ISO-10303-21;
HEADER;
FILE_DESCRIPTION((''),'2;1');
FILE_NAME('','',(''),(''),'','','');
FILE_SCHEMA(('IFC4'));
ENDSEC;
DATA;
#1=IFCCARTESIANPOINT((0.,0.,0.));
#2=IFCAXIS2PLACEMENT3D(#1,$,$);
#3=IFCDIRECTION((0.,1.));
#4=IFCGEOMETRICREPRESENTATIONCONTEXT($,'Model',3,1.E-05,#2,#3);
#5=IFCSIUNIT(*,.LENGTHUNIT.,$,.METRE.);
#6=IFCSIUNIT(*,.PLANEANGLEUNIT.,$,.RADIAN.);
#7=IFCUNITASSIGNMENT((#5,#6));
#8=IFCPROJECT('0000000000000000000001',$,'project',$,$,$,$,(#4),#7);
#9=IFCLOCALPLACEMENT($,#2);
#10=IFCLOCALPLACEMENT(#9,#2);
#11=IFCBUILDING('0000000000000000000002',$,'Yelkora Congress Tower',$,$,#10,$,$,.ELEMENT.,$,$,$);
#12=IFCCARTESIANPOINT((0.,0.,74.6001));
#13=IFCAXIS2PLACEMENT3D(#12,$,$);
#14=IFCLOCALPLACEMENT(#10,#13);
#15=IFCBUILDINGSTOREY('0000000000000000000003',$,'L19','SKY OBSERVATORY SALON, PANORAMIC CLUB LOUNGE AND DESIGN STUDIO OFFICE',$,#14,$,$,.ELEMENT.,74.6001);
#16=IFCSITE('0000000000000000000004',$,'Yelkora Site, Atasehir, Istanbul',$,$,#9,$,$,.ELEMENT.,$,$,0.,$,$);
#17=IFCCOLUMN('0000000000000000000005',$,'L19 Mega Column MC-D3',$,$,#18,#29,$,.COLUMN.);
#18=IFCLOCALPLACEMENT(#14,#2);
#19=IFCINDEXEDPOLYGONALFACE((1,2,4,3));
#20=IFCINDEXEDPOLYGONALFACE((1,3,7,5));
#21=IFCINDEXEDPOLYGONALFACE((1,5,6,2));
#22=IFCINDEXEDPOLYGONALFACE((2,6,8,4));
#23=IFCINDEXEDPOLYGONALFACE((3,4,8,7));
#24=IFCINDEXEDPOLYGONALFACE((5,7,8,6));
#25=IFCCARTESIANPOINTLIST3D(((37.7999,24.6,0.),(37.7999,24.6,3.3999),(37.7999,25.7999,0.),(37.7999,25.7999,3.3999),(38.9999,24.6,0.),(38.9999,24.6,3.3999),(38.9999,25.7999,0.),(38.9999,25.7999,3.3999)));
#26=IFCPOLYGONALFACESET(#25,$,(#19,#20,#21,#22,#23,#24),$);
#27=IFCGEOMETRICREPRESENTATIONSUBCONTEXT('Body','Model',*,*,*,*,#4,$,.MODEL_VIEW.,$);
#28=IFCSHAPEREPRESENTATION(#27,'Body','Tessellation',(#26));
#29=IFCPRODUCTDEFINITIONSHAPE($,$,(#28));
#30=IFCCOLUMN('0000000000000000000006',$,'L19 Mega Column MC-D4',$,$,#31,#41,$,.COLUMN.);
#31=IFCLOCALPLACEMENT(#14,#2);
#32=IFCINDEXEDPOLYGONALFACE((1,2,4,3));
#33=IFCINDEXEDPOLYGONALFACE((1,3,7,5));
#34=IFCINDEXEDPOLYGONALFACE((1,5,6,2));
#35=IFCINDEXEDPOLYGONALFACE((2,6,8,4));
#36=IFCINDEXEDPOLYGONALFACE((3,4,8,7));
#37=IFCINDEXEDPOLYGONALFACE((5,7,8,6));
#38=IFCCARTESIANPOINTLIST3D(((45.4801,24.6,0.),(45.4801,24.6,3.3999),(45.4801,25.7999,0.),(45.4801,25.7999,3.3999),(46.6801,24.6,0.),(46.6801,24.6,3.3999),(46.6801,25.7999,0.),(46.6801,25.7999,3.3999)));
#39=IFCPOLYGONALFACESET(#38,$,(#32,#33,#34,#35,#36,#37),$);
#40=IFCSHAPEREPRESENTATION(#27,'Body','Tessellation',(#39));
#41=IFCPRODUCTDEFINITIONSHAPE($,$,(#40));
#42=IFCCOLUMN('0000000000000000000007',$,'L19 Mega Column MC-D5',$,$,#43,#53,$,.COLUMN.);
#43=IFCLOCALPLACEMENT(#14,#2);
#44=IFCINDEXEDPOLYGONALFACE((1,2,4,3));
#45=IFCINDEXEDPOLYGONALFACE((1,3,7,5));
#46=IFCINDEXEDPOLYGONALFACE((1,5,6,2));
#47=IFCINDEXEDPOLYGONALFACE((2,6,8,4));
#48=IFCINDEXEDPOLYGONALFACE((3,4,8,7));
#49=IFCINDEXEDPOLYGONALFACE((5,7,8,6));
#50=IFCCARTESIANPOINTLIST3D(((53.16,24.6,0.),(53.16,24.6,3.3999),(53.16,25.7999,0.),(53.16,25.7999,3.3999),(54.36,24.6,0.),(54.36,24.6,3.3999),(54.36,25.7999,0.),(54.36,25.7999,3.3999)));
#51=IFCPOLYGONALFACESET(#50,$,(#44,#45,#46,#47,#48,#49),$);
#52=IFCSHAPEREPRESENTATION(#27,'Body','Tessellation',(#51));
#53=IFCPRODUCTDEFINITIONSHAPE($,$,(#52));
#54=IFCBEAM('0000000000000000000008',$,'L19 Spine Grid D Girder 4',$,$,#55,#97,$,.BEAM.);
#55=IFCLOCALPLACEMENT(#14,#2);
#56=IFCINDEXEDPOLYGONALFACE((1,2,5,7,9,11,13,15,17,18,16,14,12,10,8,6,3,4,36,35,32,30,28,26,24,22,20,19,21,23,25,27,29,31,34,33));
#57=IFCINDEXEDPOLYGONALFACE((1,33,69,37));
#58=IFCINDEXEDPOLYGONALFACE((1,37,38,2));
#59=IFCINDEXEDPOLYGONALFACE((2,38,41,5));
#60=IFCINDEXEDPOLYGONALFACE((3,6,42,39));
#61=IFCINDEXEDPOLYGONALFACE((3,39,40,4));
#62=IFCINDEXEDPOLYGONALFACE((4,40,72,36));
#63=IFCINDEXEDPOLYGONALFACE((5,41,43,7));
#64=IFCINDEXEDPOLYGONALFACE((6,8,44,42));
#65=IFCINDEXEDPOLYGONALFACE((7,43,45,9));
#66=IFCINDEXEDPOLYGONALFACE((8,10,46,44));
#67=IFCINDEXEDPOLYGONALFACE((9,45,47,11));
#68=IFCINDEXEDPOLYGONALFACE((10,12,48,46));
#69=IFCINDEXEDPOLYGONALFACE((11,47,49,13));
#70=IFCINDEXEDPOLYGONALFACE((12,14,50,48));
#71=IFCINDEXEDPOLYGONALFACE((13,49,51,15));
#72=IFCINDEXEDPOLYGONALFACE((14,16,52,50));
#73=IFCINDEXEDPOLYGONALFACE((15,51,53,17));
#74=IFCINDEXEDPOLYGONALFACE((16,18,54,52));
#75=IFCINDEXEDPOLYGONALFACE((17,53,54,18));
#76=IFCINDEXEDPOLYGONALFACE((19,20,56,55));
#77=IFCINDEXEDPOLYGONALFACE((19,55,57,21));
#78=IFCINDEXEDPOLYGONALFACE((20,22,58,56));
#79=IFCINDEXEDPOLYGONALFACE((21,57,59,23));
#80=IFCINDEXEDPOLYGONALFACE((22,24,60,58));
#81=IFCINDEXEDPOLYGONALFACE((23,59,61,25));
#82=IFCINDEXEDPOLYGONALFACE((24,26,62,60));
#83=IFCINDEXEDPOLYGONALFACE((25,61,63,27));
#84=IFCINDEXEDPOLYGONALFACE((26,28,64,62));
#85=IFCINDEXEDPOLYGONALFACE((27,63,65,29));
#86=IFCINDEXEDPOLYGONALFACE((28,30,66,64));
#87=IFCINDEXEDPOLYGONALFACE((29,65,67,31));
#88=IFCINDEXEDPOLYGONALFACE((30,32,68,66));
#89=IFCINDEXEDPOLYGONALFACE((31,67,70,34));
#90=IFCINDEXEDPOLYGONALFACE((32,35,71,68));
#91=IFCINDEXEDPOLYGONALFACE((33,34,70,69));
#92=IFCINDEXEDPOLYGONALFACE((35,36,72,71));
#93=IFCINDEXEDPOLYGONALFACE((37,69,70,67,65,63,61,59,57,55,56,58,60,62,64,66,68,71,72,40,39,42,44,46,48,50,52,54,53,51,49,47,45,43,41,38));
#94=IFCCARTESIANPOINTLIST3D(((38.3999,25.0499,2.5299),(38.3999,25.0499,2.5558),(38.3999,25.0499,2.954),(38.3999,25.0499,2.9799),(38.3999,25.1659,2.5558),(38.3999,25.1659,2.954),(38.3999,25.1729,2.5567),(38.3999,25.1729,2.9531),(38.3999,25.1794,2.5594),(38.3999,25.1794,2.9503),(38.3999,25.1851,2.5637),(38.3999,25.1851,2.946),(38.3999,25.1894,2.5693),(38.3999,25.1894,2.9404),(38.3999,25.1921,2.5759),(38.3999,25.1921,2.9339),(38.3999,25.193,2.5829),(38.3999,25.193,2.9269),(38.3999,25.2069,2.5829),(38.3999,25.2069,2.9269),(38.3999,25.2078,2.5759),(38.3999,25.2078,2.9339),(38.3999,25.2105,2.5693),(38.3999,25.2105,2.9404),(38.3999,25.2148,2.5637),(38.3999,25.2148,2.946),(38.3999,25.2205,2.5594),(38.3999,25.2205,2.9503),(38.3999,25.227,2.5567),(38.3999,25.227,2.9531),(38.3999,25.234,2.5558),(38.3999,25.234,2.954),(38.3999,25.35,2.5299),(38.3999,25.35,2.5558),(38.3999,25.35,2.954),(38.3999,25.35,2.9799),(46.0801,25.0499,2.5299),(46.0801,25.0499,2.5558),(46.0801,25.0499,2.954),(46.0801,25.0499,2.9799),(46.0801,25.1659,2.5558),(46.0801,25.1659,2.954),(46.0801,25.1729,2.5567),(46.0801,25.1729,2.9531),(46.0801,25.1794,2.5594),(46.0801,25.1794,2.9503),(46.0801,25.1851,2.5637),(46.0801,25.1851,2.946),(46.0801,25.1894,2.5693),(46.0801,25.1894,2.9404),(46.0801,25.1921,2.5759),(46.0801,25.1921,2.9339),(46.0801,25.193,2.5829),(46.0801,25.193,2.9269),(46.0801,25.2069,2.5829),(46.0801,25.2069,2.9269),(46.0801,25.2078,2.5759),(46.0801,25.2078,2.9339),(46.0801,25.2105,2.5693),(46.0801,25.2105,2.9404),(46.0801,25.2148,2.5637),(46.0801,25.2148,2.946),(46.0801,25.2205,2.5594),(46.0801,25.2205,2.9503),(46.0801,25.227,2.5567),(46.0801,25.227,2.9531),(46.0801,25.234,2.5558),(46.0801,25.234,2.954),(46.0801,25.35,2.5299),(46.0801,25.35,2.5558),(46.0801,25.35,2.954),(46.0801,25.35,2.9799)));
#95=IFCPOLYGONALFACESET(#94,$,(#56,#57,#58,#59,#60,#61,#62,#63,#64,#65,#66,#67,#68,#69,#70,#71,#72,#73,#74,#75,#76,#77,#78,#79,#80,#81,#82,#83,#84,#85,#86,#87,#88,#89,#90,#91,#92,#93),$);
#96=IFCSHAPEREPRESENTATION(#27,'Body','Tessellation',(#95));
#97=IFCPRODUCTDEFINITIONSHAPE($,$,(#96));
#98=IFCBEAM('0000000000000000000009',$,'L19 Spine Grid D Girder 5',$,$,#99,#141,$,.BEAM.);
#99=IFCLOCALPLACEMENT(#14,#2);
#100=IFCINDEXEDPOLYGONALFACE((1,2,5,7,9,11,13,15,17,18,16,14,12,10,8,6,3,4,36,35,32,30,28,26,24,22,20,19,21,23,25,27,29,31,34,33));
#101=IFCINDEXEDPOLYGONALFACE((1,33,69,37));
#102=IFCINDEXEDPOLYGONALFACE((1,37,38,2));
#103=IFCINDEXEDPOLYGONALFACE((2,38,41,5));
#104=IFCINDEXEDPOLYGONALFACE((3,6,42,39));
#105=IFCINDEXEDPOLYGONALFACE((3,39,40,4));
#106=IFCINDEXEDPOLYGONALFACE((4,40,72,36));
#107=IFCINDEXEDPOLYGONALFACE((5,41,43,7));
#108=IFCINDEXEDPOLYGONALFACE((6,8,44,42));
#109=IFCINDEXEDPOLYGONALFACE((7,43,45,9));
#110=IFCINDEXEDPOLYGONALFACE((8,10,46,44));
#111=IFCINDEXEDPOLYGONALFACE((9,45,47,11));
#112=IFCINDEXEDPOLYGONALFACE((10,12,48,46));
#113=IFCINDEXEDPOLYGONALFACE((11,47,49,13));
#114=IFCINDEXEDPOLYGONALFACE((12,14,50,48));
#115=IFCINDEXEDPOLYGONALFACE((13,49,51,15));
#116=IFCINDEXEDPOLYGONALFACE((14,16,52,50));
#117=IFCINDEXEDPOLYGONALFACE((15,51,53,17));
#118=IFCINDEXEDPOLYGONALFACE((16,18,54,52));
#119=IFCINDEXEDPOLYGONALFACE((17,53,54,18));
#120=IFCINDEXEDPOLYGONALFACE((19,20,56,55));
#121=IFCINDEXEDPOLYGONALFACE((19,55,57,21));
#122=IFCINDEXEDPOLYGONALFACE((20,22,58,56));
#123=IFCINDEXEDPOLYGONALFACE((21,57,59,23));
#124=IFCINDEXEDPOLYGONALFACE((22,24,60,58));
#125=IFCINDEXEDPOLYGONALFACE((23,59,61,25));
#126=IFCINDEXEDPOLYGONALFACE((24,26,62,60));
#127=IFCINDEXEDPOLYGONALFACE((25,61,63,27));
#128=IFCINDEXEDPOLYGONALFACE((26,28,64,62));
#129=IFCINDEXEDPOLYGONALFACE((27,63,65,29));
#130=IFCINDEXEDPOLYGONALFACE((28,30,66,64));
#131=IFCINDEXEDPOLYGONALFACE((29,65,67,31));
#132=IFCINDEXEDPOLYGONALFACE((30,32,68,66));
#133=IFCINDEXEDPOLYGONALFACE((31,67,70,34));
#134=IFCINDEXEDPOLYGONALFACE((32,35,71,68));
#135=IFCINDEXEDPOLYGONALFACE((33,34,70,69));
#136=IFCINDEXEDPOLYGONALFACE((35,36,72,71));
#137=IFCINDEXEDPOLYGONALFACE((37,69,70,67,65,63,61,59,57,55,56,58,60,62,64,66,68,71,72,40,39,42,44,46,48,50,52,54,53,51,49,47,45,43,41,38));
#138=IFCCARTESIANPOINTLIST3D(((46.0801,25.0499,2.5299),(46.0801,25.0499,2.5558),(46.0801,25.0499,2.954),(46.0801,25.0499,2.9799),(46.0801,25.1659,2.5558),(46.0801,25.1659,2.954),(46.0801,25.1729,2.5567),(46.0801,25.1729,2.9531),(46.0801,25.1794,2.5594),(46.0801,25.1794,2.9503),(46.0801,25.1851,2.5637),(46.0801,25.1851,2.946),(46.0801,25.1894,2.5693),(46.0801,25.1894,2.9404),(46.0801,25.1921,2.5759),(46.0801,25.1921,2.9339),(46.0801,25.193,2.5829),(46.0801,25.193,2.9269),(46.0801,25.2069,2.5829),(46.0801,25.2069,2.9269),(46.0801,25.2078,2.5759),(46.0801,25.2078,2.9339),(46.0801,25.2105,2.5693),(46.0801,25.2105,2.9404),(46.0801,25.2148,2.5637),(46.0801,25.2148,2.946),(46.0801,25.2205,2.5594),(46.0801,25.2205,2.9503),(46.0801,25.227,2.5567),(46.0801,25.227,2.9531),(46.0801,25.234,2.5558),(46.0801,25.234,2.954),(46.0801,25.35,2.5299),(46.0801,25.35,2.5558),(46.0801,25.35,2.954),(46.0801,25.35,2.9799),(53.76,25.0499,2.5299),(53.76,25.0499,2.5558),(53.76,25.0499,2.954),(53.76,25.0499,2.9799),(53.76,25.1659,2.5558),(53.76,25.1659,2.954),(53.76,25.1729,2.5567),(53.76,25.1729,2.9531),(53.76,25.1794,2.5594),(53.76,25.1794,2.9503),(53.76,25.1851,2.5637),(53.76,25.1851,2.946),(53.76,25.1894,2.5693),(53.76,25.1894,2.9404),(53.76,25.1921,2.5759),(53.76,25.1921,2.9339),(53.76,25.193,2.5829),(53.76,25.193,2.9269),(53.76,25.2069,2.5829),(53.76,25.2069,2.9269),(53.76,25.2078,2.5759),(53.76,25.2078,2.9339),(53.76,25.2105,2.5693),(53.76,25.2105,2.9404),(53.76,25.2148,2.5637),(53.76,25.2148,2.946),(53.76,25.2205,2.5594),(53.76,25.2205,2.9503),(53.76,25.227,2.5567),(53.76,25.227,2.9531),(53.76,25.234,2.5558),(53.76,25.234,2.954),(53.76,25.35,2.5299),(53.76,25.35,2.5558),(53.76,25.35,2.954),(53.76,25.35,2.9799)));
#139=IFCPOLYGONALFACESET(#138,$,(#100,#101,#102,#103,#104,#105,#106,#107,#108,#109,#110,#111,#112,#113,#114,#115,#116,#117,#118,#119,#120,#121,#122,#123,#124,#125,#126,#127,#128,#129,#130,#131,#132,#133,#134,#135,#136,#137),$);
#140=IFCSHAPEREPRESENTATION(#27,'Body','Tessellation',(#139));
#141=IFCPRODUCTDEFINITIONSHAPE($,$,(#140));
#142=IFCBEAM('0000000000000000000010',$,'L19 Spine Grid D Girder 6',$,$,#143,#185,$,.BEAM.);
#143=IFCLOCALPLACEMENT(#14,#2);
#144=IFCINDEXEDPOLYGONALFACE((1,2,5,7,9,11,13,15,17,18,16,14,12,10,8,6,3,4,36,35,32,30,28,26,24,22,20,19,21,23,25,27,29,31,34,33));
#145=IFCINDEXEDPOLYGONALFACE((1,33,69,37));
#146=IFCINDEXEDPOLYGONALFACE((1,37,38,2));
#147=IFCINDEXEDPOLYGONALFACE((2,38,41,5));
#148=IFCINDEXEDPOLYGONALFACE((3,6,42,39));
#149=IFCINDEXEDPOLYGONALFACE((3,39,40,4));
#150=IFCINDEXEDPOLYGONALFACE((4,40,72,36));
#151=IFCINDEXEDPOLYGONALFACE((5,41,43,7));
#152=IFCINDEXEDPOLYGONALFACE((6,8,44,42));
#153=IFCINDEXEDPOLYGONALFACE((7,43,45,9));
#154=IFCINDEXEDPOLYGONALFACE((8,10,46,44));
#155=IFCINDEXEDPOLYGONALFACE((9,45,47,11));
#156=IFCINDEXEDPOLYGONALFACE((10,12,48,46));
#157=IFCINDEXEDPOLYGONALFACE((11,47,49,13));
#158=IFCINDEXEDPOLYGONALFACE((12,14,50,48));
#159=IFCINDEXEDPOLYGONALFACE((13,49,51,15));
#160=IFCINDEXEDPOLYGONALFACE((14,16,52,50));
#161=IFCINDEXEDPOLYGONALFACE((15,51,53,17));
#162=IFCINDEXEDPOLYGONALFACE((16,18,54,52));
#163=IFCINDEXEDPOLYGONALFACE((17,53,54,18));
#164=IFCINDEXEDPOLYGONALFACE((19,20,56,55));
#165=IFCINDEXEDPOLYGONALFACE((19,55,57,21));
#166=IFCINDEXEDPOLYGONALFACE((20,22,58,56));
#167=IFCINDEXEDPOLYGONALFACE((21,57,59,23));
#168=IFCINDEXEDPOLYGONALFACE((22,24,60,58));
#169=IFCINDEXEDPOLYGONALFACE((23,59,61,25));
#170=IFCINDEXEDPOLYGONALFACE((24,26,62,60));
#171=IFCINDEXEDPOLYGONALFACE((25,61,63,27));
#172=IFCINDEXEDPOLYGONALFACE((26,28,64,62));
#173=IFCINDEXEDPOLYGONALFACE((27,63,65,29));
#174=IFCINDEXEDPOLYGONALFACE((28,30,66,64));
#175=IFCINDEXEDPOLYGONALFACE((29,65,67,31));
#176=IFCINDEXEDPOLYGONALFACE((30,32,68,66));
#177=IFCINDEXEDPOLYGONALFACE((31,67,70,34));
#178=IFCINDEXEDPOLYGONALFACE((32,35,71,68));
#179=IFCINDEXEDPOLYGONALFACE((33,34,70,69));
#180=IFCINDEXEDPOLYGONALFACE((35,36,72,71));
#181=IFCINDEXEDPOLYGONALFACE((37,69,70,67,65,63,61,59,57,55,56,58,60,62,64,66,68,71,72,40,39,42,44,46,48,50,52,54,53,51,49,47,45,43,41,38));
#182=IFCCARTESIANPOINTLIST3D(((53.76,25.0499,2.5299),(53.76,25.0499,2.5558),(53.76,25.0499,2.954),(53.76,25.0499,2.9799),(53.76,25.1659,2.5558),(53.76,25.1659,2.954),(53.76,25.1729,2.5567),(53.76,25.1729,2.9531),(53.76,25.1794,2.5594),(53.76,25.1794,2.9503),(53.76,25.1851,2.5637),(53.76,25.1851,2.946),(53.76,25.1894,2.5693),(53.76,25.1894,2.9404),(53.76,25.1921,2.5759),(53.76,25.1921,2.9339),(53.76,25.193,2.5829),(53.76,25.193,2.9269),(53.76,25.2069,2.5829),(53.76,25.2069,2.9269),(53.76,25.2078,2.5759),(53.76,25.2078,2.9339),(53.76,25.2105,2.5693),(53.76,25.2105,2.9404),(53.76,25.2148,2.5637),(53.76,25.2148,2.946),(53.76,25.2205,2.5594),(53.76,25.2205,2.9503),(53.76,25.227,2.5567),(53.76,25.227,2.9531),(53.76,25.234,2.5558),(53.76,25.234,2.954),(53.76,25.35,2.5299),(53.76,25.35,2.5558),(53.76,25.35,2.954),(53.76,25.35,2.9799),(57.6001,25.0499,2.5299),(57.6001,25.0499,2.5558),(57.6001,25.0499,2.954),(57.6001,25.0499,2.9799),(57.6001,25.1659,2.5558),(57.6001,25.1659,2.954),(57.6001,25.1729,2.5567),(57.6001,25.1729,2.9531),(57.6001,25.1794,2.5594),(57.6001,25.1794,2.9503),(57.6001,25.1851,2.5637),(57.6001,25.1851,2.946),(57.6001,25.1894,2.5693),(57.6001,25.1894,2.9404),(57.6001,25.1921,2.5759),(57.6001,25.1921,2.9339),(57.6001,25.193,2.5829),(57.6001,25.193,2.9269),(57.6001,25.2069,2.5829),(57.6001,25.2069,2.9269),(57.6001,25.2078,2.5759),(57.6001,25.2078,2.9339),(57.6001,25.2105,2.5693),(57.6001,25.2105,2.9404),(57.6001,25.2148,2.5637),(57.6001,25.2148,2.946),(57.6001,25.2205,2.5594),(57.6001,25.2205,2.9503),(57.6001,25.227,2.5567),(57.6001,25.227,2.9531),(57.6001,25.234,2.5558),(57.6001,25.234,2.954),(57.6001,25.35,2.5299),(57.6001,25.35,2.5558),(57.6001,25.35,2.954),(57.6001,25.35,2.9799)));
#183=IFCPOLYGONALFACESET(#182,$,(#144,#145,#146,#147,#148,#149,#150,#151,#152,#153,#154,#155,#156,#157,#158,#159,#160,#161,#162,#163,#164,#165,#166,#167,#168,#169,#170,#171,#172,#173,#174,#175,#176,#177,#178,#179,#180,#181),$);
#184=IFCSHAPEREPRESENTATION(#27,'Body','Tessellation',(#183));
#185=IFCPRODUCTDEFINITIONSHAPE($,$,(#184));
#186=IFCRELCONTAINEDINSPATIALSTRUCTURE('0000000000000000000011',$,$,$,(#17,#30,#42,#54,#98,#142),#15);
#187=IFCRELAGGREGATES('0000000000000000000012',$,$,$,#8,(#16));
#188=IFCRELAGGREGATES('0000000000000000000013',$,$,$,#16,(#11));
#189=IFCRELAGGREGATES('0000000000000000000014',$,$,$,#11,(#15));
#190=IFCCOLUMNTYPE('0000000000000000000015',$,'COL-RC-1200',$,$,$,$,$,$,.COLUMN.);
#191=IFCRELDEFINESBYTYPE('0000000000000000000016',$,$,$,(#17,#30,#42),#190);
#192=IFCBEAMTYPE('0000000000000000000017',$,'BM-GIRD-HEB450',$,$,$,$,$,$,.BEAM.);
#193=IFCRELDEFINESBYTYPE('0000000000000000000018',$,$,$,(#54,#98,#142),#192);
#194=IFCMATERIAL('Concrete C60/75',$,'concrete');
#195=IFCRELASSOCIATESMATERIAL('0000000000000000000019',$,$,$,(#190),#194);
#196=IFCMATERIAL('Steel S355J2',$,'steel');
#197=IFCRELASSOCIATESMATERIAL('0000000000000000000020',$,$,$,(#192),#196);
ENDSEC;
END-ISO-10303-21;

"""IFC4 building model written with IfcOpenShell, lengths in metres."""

from ifc_helpers import new_model, si_unit, direction, frame, origin, origin_2d, place, context, subcontext, project, spatial, rectangle, i_section, extrude, material, material_profile, profile_set, type_object, element, save


model = new_model("IFC4")

# Units and contexts
model_context = context("Model", 3, precision=1e-05, world=origin(), true_north=direction((0.0, 1.0)))
body_context = subcontext(model_context, "Body", "Model", "MODEL_VIEW")
ifc_project = project(units=[si_unit("LENGTHUNIT", "METRE"), si_unit("PLANEANGLEUNIT", "RADIAN")], contexts=[model_context])

# Site, building, storey
site_placement = place(None, origin())
site = spatial("IfcSite", under=ifc_project, at=site_placement, Name="Yelkora Site, Atasehir, Istanbul", CompositionType="ELEMENT", RefElevation=0.0)
building_placement = place(site_placement, origin())
building = spatial("IfcBuilding", under=site, at=building_placement, Name="Yelkora Congress Tower", CompositionType="ELEMENT")
storey_placement = place(building_placement, frame((0.0, 0.0, 74.6001)))
storey = spatial("IfcBuildingStorey", under=building, at=storey_placement, Name="L19", Description="SKY OBSERVATORY SALON, PANORAMIC CLUB LOUNGE AND DESIGN STUDIO OFFICE", CompositionType="ELEMENT", Elevation=74.6001)

# Columns
ifc_material_1 = material(Name="Concrete C60/75", Category="concrete")
ifc_material_profile_1 = material_profile(ifc_material_1, rectangle(XDim=1.2, YDim=1.2, at=origin_2d()), Name="RC 1200x1200")
ifc_profile_set_1 = profile_set([ifc_material_profile_1], Name="Concrete C60/75")
column_type = type_object("IfcColumnType", Name="COL-RC-1200", PredefinedType="COLUMN", material=ifc_profile_set_1)
for number, where, z_axis, x_axis, name in (
    (1, (38.3999, 25.2, 0.0), (0.0, 0.0, 1.0), (1.0, 0.0, 0.0), "L19 Mega Column MC-D3"),
    (2, (46.0801, 25.2, 0.0), (0.0, 0.0, 1.0), (1.0, 0.0, 0.0), "L19 Mega Column MC-D4"),
    (3, (53.76, 25.2, 0.0), (0.0, 0.0, 1.0), (1.0, 0.0, 0.0), "L19 Mega Column MC-D5"),
):
    element("IfcColumn", number, at=place(storey_placement, frame(where, z_axis=z_axis, x_axis=x_axis)), inside=storey, type_object=column_type, Name=name, PredefinedType="COLUMN", context=body_context, shape_type="SweptSolid", body=[
        extrude(rectangle(XDim=1.2, YDim=1.2, at=origin_2d()), origin(), (0.0, 0.0, 1.0), 3.3999),
    ])

# Beams
ifc_material_2 = material(Name="Steel S355J2", Category="steel")
ifc_material_profile_2 = material_profile(ifc_material_2, i_section(OverallWidth=0.3, OverallDepth=0.45, WebThickness=0.0139, FlangeThickness=0.0259, FilletRadius=0.0271, at=origin_2d()), Name="HEB 450")
ifc_profile_set_2 = profile_set([ifc_material_profile_2], Name="Steel S355J2")
beam_type_1 = type_object("IfcBeamType", Name="BM-GIRD-HEB450", PredefinedType="BEAM", material=ifc_profile_set_2)
beam_1_placement = place(storey_placement, frame((38.3999, 25.2, 2.7549), z_axis=(1.0, 0.0, 0.0), x_axis=(0.0, 1.0, 0.0)))
element("IfcBeam", 4, at=beam_1_placement, inside=storey, type_object=beam_type_1, Name="L19 Spine Grid D Girder 4", PredefinedType="BEAM", context=body_context, shape_type="SweptSolid", body=[
    extrude(i_section(OverallWidth=0.3, OverallDepth=0.45, WebThickness=0.0139, FlangeThickness=0.0259, FilletRadius=0.0271, at=origin_2d()), origin(), (0.0, 0.0, 1.0), 7.6802),
])
beam_2_placement = place(storey_placement, frame((46.0801, 25.2, 2.7549), z_axis=(1.0, 0.0, 0.0), x_axis=(0.0, 1.0, 0.0)))
element("IfcBeam", 5, at=beam_2_placement, inside=storey, type_object=beam_type_1, Name="L19 Spine Grid D Girder 5", PredefinedType="BEAM", context=body_context, shape_type="SweptSolid", body=[
    extrude(i_section(OverallWidth=0.3, OverallDepth=0.45, WebThickness=0.0139, FlangeThickness=0.0259, FilletRadius=0.0271, at=origin_2d()), origin(), (0.0, 0.0, 1.0), 7.6799),
])
beam_3_placement = place(storey_placement, frame((53.76, 25.2, 2.7549), z_axis=(1.0, 0.0, 0.0), x_axis=(0.0, 1.0, 0.0)))
element("IfcBeam", 6, at=beam_3_placement, inside=storey, type_object=beam_type_1, Name="L19 Spine Grid D Girder 6", PredefinedType="BEAM", context=body_context, shape_type="SweptSolid", body=[
    extrude(i_section(OverallWidth=0.3, OverallDepth=0.45, WebThickness=0.0139, FlangeThickness=0.0259, FilletRadius=0.0271, at=origin_2d()), origin(), (0.0, 0.0, 1.0), 3.8401),
])

save(model, "model.ifc")
